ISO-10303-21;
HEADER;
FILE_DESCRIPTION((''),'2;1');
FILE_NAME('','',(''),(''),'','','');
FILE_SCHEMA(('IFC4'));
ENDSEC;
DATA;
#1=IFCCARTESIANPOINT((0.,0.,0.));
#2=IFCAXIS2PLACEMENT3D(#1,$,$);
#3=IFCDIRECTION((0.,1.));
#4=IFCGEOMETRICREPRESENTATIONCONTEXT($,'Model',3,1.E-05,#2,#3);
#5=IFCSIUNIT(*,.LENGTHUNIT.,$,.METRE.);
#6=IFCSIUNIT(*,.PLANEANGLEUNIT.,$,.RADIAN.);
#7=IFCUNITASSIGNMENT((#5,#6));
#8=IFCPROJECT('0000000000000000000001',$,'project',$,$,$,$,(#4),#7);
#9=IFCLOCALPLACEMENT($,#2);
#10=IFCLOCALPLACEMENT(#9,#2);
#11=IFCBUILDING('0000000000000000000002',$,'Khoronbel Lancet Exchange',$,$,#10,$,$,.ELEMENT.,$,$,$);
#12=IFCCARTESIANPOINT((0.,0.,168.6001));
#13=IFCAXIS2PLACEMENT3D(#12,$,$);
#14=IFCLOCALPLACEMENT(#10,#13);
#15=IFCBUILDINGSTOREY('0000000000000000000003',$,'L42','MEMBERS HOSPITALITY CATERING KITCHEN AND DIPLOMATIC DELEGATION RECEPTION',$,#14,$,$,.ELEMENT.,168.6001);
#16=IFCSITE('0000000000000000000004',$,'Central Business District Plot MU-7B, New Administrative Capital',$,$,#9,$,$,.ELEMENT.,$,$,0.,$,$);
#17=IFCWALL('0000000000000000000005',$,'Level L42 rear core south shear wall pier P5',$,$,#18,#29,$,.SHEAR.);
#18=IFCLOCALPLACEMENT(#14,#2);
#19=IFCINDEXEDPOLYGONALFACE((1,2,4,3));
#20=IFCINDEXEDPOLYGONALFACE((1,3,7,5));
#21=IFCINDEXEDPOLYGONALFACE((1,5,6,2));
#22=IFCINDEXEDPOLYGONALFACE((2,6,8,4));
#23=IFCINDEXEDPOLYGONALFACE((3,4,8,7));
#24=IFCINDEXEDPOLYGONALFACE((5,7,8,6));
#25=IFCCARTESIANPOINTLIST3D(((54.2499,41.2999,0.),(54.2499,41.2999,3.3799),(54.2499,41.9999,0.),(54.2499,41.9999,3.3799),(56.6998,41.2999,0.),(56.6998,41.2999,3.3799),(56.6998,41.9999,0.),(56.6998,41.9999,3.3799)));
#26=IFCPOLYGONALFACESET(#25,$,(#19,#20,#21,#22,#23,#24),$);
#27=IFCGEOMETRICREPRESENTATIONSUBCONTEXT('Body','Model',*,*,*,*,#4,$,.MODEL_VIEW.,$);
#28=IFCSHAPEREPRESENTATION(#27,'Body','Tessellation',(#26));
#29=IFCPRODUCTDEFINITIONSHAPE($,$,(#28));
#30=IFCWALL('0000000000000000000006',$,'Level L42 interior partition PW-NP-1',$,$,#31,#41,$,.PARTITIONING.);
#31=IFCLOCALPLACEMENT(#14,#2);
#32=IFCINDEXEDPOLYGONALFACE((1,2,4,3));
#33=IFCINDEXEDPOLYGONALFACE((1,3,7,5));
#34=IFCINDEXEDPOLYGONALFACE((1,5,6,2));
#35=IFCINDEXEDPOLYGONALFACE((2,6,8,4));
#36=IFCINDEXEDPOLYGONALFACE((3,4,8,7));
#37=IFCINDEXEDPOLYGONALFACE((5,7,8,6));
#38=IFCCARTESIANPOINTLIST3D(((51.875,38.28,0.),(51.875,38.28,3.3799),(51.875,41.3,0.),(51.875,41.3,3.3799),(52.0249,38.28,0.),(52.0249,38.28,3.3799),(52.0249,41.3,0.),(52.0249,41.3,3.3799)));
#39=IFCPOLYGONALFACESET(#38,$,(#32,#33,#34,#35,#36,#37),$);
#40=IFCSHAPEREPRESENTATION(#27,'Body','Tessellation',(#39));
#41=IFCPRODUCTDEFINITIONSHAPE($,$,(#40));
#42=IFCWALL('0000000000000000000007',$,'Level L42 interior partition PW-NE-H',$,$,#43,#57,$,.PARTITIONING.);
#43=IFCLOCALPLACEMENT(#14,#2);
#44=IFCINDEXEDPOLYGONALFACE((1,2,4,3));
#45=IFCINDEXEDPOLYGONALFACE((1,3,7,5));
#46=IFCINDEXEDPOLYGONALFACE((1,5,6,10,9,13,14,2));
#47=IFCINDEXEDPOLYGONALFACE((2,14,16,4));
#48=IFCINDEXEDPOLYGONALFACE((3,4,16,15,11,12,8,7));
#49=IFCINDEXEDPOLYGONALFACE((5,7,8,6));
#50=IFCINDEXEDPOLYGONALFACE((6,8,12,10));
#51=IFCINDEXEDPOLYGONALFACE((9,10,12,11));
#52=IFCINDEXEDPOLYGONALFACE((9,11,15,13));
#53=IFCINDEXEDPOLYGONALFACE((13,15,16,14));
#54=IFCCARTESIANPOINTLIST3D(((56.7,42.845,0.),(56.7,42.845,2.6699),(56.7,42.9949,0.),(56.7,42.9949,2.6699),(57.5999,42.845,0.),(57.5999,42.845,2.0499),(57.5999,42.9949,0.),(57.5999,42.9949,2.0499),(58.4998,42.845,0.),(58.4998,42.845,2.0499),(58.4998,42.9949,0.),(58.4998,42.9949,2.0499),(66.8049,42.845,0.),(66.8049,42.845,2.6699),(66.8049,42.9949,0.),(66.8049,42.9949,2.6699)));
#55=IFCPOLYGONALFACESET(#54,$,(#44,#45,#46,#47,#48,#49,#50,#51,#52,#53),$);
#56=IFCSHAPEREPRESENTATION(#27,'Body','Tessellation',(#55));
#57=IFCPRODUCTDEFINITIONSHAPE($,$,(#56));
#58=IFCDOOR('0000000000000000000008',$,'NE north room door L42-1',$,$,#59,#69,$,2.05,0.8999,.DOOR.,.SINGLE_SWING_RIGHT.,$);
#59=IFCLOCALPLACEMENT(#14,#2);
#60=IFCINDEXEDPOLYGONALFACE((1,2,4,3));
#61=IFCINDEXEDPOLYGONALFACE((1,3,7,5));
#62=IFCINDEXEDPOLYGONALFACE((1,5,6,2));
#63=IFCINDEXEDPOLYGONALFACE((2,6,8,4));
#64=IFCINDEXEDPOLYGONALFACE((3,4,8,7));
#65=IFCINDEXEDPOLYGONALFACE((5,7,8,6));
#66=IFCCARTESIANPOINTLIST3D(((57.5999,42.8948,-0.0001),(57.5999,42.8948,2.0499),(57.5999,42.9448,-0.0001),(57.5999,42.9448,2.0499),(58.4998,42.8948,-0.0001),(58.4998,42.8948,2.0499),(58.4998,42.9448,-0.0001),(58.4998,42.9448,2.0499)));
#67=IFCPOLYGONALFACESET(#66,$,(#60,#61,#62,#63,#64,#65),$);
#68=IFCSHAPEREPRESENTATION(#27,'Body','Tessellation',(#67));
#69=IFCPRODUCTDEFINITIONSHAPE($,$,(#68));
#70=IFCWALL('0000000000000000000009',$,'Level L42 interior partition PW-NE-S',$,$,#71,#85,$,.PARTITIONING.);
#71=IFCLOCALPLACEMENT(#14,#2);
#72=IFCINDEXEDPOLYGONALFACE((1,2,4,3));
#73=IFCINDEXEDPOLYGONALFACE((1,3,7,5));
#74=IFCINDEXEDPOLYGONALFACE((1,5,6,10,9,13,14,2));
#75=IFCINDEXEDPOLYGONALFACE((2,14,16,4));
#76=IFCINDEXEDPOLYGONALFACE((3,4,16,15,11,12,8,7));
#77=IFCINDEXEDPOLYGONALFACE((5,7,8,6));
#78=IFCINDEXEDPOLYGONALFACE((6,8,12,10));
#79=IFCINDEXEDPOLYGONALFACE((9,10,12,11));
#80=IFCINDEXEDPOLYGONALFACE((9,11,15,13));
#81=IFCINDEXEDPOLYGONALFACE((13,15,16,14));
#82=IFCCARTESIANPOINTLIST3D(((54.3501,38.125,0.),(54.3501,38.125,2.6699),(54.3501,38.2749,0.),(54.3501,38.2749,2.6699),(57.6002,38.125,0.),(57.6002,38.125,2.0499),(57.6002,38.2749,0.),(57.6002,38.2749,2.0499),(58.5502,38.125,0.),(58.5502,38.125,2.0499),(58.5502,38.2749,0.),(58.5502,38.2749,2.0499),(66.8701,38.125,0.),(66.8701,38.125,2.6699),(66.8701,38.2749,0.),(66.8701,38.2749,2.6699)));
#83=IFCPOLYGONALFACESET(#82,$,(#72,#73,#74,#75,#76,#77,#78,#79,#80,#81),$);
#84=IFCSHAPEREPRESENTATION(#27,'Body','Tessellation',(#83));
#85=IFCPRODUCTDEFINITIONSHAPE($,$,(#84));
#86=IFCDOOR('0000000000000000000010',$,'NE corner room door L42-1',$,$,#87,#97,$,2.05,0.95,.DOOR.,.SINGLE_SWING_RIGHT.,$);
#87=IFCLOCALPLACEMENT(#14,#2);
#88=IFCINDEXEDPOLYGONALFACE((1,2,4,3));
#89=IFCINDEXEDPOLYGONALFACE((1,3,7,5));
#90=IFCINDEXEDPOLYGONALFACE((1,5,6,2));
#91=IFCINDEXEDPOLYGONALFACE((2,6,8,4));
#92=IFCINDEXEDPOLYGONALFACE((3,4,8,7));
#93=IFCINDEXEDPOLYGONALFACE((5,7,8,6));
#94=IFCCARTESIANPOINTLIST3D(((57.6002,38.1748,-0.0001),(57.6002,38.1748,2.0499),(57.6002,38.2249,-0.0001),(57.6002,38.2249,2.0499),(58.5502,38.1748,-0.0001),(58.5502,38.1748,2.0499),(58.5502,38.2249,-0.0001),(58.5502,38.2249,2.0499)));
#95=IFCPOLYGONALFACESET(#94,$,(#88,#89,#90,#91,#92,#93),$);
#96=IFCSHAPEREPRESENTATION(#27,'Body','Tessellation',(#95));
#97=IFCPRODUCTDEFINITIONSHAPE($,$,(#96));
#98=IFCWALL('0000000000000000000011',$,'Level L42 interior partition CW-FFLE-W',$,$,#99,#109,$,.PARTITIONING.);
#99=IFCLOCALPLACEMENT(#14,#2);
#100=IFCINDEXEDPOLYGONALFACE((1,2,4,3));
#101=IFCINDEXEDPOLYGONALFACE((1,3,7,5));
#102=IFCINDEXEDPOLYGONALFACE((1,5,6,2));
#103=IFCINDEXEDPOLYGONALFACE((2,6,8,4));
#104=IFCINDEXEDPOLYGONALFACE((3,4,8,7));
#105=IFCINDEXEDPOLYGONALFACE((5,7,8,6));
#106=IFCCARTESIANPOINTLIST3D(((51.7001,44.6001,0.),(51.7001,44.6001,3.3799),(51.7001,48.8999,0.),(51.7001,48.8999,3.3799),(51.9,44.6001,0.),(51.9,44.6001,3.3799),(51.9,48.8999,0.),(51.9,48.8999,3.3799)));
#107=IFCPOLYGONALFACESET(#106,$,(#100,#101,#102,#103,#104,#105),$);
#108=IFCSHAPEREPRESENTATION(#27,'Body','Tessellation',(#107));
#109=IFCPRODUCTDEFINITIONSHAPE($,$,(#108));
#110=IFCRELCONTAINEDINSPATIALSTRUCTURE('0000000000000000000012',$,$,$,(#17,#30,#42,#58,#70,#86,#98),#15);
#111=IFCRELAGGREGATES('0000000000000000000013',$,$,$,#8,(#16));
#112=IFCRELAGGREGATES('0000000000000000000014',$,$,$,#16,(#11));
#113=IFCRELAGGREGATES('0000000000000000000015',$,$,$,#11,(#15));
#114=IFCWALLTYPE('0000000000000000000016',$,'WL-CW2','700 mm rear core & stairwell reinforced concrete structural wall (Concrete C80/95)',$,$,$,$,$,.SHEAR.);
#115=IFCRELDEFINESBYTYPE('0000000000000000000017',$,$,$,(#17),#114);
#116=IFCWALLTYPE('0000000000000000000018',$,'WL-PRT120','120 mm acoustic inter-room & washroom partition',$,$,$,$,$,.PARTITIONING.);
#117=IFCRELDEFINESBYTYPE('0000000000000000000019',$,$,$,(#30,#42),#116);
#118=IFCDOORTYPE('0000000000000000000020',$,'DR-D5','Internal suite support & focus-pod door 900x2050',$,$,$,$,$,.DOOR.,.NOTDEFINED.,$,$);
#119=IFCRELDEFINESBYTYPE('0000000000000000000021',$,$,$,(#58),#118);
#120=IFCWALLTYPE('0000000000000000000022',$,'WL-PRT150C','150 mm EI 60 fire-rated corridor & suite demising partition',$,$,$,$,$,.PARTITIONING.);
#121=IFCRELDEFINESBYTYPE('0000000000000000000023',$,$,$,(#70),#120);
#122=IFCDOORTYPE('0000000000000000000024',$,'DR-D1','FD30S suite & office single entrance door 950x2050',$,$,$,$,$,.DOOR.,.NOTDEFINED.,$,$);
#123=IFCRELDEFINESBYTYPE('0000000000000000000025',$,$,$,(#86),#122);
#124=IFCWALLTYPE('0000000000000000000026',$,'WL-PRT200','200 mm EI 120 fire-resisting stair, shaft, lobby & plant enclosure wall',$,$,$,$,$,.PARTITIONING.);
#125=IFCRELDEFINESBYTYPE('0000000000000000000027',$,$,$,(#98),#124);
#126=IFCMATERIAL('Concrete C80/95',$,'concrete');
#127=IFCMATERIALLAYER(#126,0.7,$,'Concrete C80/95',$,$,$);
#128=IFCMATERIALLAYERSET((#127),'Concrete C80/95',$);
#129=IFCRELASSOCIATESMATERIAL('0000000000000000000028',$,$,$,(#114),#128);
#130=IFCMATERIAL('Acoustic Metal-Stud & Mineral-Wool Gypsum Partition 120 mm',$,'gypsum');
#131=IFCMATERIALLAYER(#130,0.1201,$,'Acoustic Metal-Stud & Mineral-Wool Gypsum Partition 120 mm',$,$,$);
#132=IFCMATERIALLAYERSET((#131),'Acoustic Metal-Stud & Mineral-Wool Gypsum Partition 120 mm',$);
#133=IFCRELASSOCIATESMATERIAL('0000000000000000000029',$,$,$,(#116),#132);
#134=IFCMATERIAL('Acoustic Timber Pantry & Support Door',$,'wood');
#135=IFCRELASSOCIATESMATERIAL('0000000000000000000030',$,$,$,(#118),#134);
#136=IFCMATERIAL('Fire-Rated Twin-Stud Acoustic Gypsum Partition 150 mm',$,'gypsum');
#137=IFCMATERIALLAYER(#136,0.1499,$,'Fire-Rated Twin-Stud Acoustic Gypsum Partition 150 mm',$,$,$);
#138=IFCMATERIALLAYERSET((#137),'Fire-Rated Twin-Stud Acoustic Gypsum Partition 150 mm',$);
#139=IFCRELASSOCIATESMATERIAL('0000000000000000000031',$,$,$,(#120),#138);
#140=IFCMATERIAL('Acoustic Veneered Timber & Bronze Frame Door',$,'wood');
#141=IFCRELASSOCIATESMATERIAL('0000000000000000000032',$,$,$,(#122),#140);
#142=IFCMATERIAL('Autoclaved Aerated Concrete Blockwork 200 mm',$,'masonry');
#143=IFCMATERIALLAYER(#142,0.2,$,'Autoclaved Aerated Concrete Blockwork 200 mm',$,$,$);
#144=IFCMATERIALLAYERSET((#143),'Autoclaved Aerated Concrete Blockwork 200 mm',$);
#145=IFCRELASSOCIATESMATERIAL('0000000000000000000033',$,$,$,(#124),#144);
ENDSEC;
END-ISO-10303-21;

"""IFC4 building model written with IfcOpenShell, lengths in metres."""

from ifc_helpers import new_model, si_unit, direction, frame, frame_2d, origin, place, context, subcontext, project, spatial, rectangle, extrude, material, layer, layer_set, type_object, element, fill, save


model = new_model("IFC4")

# Units and contexts
model_context = context("Model", 3, precision=1e-05, world=origin(), true_north=direction((0.0, 1.0)))
body_context = subcontext(model_context, "Body", "Model", "MODEL_VIEW")
ifc_project = project(units=[si_unit("LENGTHUNIT", "METRE"), si_unit("PLANEANGLEUNIT", "RADIAN")], contexts=[model_context])

# Site, building, storey
site_placement = place(None, origin())
site = spatial("IfcSite", under=ifc_project, at=site_placement, Name="Central Business District Plot MU-7B, New Administrative Capital", CompositionType="ELEMENT", RefElevation=0.0)
building_placement = place(site_placement, origin())
building = spatial("IfcBuilding", under=site, at=building_placement, Name="Khoronbel Lancet Exchange", CompositionType="ELEMENT")
storey_placement = place(building_placement, frame((0.0, 0.0, 168.6001)))
storey = spatial("IfcBuildingStorey", under=building, at=storey_placement, Name="L42", Description="MEMBERS HOSPITALITY CATERING KITCHEN AND DIPLOMATIC DELEGATION RECEPTION", CompositionType="ELEMENT", Elevation=168.6001)

# Shared definitions
ifc_material_1 = material(Name="Concrete C80/95", Category="concrete")

# Walls
ifc_layer_1 = layer(ifc_material_1, 0.7, Name="Concrete C80/95")
ifc_layer_set_1 = layer_set([ifc_layer_1], Name="Concrete C80/95")
wall_type_1 = type_object("IfcWallType", Name="WL-CW2", Description="700 mm rear core & stairwell reinforced concrete structural wall (Concrete C80/95)", PredefinedType="SHEAR", material=ifc_layer_set_1)
wall_1_placement = place(storey_placement, frame((56.7, 41.6499, 0.0), z_axis=(0.0, 0.0, 1.0), x_axis=(-1.0, 0.0, 0.0)))
element("IfcWall", 1, at=wall_1_placement, inside=storey, type_object=wall_type_1, Name="Level L42 rear core south shear wall pier P5", PredefinedType="SHEAR", context=body_context, shape_type="SweptSolid", body=[
    extrude(rectangle(XDim=2.45, YDim=0.7, at=frame_2d((1.2251, 0.0))), origin(), (0.0, 0.0, 1.0), 3.3799),
])
ifc_material_2 = material(Name="Acoustic Metal-Stud & Mineral-Wool Gypsum Partition 120 mm", Category="gypsum")
ifc_layer_2 = layer(ifc_material_2, 0.1201, Name="Acoustic Metal-Stud & Mineral-Wool Gypsum Partition 120 mm")
ifc_layer_set_2 = layer_set([ifc_layer_2], Name="Acoustic Metal-Stud & Mineral-Wool Gypsum Partition 120 mm")
wall_type_2 = type_object("IfcWallType", Name="WL-PRT120", Description="120 mm acoustic inter-room & washroom partition", PredefinedType="PARTITIONING", material=ifc_layer_set_2)
wall_2_placement = place(storey_placement, frame((51.95, 38.28, 0.0), z_axis=(0.0, 0.0, 1.0), x_axis=(0.0, 1.0, 0.0)))
element("IfcWall", 2, at=wall_2_placement, inside=storey, type_object=wall_type_2, Name="Level L42 interior partition PW-NP-1", PredefinedType="PARTITIONING", context=body_context, shape_type="SweptSolid", body=[
    extrude(rectangle(XDim=3.02, YDim=0.1499, at=frame_2d((1.51, 0.0))), origin(), (0.0, 0.0, 1.0), 3.3799),
])

# Walls, openings, doors
wall_3_placement = place(storey_placement, frame((56.7, 42.9199, 0.0), z_axis=(0.0, 0.0, 1.0), x_axis=(1.0, 0.0, 0.0)))
wall_3 = element("IfcWall", 3, at=wall_3_placement, inside=storey, type_object=wall_type_2, Name="Level L42 interior partition PW-NE-H", PredefinedType="PARTITIONING", context=body_context, shape_type="SweptSolid", body=[
    extrude(rectangle(XDim=10.105, YDim=0.1499, at=frame_2d((5.0525, 0.0))), origin(), (0.0, 0.0, 1.0), 2.6699),
])
opening_1_placement = place(wall_3_placement, frame((0.8999, 0.0, 0.0)))
opening_1 = element("IfcOpeningElement", 4, at=opening_1_placement, cuts=wall_3, PredefinedType="OPENING", context=body_context, shape_type="SweptSolid", body=[
    extrude(rectangle(XDim=0.8999, YDim=2.05, at=frame_2d((0.45, 1.0249))), frame((0.0, 0.085, 0.0), z_axis=(0.0, -1.0, 0.0), x_axis=(1.0, 0.0, 0.0)), (0.0, 0.0, 1.0), 0.1699),
])
ifc_material_3 = material(Name="Acoustic Timber Pantry & Support Door", Category="wood")
door_type_1 = type_object("IfcDoorType", Name="DR-D5", Description="Internal suite support & focus-pod door 900x2050", OperationType="NOTDEFINED", PredefinedType="DOOR", material=ifc_material_3)
door_1_placement = place(opening_1_placement, origin())
door_1 = element("IfcDoor", 5, at=door_1_placement, inside=storey, type_object=door_type_1, Name="NE north room door L42-1", OperationType="SINGLE_SWING_RIGHT", OverallHeight=2.05, OverallWidth=0.8999, PredefinedType="DOOR", context=body_context, shape_type="SweptSolid", body=[
    extrude(rectangle(XDim=0.8999, YDim=2.05, at=frame_2d((0.45, 1.0249))), frame((0.0, 0.0249, 0.0), z_axis=(0.0, -1.0, 0.0), x_axis=(1.0, 0.0, 0.0)), (0.0, 0.0, 1.0), 0.05),
])
fill(opening_1, door_1)
ifc_material_4 = material(Name="Fire-Rated Twin-Stud Acoustic Gypsum Partition 150 mm", Category="gypsum")
ifc_layer_3 = layer(ifc_material_4, 0.1499, Name="Fire-Rated Twin-Stud Acoustic Gypsum Partition 150 mm")
ifc_layer_set_3 = layer_set([ifc_layer_3], Name="Fire-Rated Twin-Stud Acoustic Gypsum Partition 150 mm")
wall_type_3 = type_object("IfcWallType", Name="WL-PRT150C", Description="150 mm EI 60 fire-rated corridor & suite demising partition", PredefinedType="PARTITIONING", material=ifc_layer_set_3)
wall_4_placement = place(storey_placement, frame((54.3501, 38.2, 0.0), z_axis=(0.0, 0.0, 1.0), x_axis=(1.0, 0.0, 0.0)))
wall_4 = element("IfcWall", 6, at=wall_4_placement, inside=storey, type_object=wall_type_3, Name="Level L42 interior partition PW-NE-S", PredefinedType="PARTITIONING", context=body_context, shape_type="SweptSolid", body=[
    extrude(rectangle(XDim=12.52, YDim=0.1499, at=frame_2d((6.26, 0.0))), origin(), (0.0, 0.0, 1.0), 2.6699),
])
opening_2_placement = place(wall_4_placement, frame((3.25, 0.0, 0.0)))
opening_2 = element("IfcOpeningElement", 7, at=opening_2_placement, cuts=wall_4, PredefinedType="OPENING", context=body_context, shape_type="SweptSolid", body=[
    extrude(rectangle(XDim=0.95, YDim=2.05, at=frame_2d((0.4751, 1.0249))), frame((0.0, 0.085, 0.0), z_axis=(0.0, -1.0, 0.0), x_axis=(1.0, 0.0, 0.0)), (0.0, 0.0, 1.0), 0.1699),
])
ifc_material_5 = material(Name="Acoustic Veneered Timber & Bronze Frame Door", Category="wood")
door_type_2 = type_object("IfcDoorType", Name="DR-D1", Description="FD30S suite & office single entrance door 950x2050", OperationType="NOTDEFINED", PredefinedType="DOOR", material=ifc_material_5)
door_2_placement = place(opening_2_placement, origin())
door_2 = element("IfcDoor", 8, at=door_2_placement, inside=storey, type_object=door_type_2, Name="NE corner room door L42-1", OperationType="SINGLE_SWING_RIGHT", OverallHeight=2.05, OverallWidth=0.95, PredefinedType="DOOR", context=body_context, shape_type="SweptSolid", body=[
    extrude(rectangle(XDim=0.95, YDim=2.05, at=frame_2d((0.4751, 1.0249))), frame((0.0, 0.0249, 0.0), z_axis=(0.0, -1.0, 0.0), x_axis=(1.0, 0.0, 0.0)), (0.0, 0.0, 1.0), 0.05),
])
fill(opening_2, door_2)

# Wall
ifc_material_6 = material(Name="Autoclaved Aerated Concrete Blockwork 200 mm", Category="masonry")
ifc_layer_4 = layer(ifc_material_6, 0.2, Name="Autoclaved Aerated Concrete Blockwork 200 mm")
ifc_layer_set_4 = layer_set([ifc_layer_4], Name="Autoclaved Aerated Concrete Blockwork 200 mm")
wall_type_4 = type_object("IfcWallType", Name="WL-PRT200", Description="200 mm EI 120 fire-resisting stair, shaft, lobby & plant enclosure wall", PredefinedType="PARTITIONING", material=ifc_layer_set_4)
wall_5_placement = place(storey_placement, frame((51.8, 44.6001, 0.0), z_axis=(0.0, 0.0, 1.0), x_axis=(0.0, 1.0, 0.0)))
element("IfcWall", 9, at=wall_5_placement, inside=storey, type_object=wall_type_4, Name="Level L42 interior partition CW-FFLE-W", PredefinedType="PARTITIONING", context=body_context, shape_type="SweptSolid", body=[
    extrude(rectangle(XDim=4.2998, YDim=0.2, at=frame_2d((2.1499, 0.0))), origin(), (0.0, 0.0, 1.0), 3.3799),
])

save(model, "model.ifc")
